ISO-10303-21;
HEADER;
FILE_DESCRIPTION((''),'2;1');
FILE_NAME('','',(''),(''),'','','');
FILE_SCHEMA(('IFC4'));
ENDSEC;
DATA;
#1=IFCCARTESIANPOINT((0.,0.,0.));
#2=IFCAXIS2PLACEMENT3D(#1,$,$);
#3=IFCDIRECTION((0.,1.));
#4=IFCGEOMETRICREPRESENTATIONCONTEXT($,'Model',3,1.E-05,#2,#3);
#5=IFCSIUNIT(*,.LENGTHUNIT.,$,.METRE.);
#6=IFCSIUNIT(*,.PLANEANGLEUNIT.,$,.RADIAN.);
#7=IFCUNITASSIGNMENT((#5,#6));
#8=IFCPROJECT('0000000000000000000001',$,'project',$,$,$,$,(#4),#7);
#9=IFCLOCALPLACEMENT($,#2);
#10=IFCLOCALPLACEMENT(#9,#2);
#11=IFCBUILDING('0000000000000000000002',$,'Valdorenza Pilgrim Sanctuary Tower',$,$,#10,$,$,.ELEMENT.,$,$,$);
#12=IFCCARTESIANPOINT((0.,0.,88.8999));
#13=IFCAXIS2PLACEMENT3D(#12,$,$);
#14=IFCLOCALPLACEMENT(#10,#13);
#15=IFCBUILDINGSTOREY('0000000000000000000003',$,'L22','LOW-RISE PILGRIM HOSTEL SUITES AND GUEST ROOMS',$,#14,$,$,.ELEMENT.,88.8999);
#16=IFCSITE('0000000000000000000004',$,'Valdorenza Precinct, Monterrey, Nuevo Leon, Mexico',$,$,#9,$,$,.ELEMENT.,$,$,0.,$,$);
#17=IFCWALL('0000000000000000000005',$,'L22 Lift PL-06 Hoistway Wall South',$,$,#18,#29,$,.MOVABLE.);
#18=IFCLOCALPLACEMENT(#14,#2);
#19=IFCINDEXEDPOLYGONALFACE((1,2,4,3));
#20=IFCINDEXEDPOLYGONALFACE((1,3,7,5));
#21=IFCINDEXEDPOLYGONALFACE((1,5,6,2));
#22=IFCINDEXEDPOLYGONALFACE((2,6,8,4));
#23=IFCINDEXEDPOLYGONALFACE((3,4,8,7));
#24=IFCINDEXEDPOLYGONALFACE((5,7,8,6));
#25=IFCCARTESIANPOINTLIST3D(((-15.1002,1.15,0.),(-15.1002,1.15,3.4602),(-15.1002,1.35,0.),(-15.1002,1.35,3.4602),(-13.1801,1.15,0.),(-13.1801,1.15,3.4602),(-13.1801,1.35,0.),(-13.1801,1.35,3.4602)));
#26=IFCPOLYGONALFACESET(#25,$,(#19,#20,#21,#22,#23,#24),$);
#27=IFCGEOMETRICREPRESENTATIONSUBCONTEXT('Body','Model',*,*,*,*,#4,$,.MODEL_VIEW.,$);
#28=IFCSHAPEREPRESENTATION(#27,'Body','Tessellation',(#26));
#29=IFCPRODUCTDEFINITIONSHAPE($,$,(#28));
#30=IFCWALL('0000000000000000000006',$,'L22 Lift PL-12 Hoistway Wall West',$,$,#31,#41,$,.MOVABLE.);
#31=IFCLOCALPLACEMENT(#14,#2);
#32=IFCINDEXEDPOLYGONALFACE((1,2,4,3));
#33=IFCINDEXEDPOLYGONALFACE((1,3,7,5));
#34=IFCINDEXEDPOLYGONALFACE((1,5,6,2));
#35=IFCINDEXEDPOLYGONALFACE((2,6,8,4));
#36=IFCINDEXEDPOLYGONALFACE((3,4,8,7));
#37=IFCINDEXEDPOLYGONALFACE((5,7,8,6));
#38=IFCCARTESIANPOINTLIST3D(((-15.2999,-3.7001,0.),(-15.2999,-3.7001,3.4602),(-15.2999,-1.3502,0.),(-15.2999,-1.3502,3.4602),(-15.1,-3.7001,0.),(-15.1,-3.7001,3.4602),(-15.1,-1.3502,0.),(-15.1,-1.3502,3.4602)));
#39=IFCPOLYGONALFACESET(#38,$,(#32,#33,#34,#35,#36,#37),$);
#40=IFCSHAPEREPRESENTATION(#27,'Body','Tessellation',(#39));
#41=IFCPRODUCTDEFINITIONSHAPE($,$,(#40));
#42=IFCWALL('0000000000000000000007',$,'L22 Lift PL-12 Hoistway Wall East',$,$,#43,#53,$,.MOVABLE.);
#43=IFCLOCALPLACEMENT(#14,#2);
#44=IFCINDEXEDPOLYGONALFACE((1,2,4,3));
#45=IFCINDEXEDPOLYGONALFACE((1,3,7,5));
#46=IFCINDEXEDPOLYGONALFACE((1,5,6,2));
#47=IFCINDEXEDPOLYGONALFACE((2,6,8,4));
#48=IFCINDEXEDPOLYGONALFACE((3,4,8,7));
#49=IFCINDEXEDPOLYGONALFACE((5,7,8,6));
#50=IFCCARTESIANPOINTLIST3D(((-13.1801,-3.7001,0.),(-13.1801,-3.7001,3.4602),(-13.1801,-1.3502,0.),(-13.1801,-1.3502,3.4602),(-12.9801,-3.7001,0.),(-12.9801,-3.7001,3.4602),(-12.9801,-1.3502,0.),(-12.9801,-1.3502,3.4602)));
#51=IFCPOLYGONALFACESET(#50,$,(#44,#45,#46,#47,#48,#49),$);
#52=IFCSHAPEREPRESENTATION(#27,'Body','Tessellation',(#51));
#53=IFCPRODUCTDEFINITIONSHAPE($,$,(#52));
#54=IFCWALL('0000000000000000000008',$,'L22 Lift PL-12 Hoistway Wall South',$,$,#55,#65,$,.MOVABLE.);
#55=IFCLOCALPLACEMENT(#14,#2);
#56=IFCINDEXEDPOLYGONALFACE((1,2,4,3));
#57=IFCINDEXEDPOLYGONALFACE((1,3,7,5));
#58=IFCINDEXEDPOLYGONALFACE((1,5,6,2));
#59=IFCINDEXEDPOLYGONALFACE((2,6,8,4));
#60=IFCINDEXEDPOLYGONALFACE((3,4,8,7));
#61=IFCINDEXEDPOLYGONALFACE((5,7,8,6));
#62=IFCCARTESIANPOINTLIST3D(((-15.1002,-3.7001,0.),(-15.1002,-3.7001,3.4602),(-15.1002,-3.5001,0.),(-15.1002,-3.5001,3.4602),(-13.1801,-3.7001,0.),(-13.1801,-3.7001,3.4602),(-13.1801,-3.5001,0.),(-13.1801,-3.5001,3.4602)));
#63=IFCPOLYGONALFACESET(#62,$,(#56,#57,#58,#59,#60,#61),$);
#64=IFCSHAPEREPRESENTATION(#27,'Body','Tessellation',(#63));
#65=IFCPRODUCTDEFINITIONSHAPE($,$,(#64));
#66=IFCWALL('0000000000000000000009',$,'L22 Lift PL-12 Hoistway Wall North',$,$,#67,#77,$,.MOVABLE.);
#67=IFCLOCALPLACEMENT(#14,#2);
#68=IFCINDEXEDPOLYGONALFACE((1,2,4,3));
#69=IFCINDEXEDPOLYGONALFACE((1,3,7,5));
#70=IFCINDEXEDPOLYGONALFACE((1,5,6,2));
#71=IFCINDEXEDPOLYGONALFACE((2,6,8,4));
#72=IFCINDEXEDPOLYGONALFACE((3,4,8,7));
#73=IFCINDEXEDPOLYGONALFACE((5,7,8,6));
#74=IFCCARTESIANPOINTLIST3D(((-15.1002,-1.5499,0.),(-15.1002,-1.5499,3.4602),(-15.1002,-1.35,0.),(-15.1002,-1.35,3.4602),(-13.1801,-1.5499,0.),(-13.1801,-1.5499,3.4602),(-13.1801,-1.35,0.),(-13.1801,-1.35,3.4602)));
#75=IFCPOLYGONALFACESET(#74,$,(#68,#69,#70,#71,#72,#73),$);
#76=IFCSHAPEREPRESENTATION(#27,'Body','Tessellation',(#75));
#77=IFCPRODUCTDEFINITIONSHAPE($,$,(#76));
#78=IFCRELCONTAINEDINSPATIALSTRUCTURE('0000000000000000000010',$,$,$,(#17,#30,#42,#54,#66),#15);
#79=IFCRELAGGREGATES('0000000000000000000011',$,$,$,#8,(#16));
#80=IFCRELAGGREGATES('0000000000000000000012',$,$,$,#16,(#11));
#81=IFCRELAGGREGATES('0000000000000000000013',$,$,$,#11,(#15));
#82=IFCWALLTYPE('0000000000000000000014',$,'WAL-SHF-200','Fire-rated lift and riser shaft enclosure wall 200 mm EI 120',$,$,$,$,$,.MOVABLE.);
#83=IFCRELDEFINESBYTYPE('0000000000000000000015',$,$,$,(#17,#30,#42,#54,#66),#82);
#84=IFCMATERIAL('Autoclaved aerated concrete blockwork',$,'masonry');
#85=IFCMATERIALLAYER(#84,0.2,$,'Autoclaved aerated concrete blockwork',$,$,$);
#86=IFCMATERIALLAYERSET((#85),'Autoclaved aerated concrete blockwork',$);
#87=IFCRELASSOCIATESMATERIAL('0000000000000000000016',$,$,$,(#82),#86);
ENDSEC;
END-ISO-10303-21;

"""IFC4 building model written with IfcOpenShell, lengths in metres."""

from ifc_helpers import new_model, si_unit, direction, frame, frame_2d, origin, place, context, subcontext, project, spatial, rectangle, extrude, material, layer, layer_set, type_object, element, save


model = new_model("IFC4")

# Units and contexts
model_context = context("Model", 3, precision=1e-05, world=origin(), true_north=direction((0.0, 1.0)))
body_context = subcontext(model_context, "Body", "Model", "MODEL_VIEW")
ifc_project = project(units=[si_unit("LENGTHUNIT", "METRE"), si_unit("PLANEANGLEUNIT", "RADIAN")], contexts=[model_context])

# Site, building, storey
site_placement = place(None, origin())
site = spatial("IfcSite", under=ifc_project, at=site_placement, Name="Valdorenza Precinct, Monterrey, Nuevo Leon, Mexico", CompositionType="ELEMENT", RefElevation=0.0)
building_placement = place(site_placement, origin())
building = spatial("IfcBuilding", under=site, at=building_placement, Name="Valdorenza Pilgrim Sanctuary Tower", CompositionType="ELEMENT")
storey_placement = place(building_placement, frame((0.0, 0.0, 88.8999)))
storey = spatial("IfcBuildingStorey", under=building, at=storey_placement, Name="L22", Description="LOW-RISE PILGRIM HOSTEL SUITES AND GUEST ROOMS", CompositionType="ELEMENT", Elevation=88.8999)

# Shared definitions
ifc_material_1 = material(Name="Autoclaved aerated concrete blockwork", Category="masonry")
ifc_layer_1 = layer(ifc_material_1, 0.2, Name="Autoclaved aerated concrete blockwork")
ifc_layer_set_1 = layer_set([ifc_layer_1], Name="Autoclaved aerated concrete blockwork")
wall_type_1 = type_object("IfcWallType", Name="WAL-SHF-200", Description="Fire-rated lift and riser shaft enclosure wall 200 mm EI 120", PredefinedType="MOVABLE", material=ifc_layer_set_1)

# Walls
wall_1_placement = place(storey_placement, frame((-15.1001, 1.25, 0.0), z_axis=(0.0, 0.0, 1.0), x_axis=(1.0, 0.0, 0.0)))
element("IfcWall", 1, at=wall_1_placement, inside=storey, type_object=wall_type_1, Name="L22 Lift PL-06 Hoistway Wall South", PredefinedType="MOVABLE", context=body_context, shape_type="SweptSolid", body=[
    extrude(rectangle(XDim=1.9202, YDim=0.2, at=frame_2d((0.96, 0.0))), origin(), (0.0, 0.0, 1.0), 3.4602),
])
for number, where, z_axis, x_axis, name in (
    (2, (-15.2, -3.7, 0.0), (0.0, 0.0, 1.0), (0.0, 1.0, 0.0), "L22 Lift PL-12 Hoistway Wall West"),
    (3, (-13.0801, -3.7, 0.0), (0.0, 0.0, 1.0), (0.0, 1.0, 0.0), "L22 Lift PL-12 Hoistway Wall East"),
):
    element("IfcWall", number, at=place(storey_placement, frame(where, z_axis=z_axis, x_axis=x_axis)), inside=storey, type_object=wall_type_1, Name=name, PredefinedType="MOVABLE", context=body_context, shape_type="SweptSolid", body=[
        extrude(rectangle(XDim=2.3499, YDim=0.2, at=frame_2d((1.1748, 0.0))), origin(), (0.0, 0.0, 1.0), 3.4602),
    ])
for number, where, z_axis, x_axis, name in (
    (4, (-15.1001, -3.6001, 0.0), (0.0, 0.0, 1.0), (1.0, 0.0, 0.0), "L22 Lift PL-12 Hoistway Wall South"),
    (5, (-15.1001, -1.45, 0.0), (0.0, 0.0, 1.0), (1.0, 0.0, 0.0), "L22 Lift PL-12 Hoistway Wall North"),
):
    element("IfcWall", number, at=place(storey_placement, frame(where, z_axis=z_axis, x_axis=x_axis)), inside=storey, type_object=wall_type_1, Name=name, PredefinedType="MOVABLE", context=body_context, shape_type="SweptSolid", body=[
        extrude(rectangle(XDim=1.9202, YDim=0.2, at=frame_2d((0.96, 0.0))), origin(), (0.0, 0.0, 1.0), 3.4602),
    ])

save(model, "model.ifc")
